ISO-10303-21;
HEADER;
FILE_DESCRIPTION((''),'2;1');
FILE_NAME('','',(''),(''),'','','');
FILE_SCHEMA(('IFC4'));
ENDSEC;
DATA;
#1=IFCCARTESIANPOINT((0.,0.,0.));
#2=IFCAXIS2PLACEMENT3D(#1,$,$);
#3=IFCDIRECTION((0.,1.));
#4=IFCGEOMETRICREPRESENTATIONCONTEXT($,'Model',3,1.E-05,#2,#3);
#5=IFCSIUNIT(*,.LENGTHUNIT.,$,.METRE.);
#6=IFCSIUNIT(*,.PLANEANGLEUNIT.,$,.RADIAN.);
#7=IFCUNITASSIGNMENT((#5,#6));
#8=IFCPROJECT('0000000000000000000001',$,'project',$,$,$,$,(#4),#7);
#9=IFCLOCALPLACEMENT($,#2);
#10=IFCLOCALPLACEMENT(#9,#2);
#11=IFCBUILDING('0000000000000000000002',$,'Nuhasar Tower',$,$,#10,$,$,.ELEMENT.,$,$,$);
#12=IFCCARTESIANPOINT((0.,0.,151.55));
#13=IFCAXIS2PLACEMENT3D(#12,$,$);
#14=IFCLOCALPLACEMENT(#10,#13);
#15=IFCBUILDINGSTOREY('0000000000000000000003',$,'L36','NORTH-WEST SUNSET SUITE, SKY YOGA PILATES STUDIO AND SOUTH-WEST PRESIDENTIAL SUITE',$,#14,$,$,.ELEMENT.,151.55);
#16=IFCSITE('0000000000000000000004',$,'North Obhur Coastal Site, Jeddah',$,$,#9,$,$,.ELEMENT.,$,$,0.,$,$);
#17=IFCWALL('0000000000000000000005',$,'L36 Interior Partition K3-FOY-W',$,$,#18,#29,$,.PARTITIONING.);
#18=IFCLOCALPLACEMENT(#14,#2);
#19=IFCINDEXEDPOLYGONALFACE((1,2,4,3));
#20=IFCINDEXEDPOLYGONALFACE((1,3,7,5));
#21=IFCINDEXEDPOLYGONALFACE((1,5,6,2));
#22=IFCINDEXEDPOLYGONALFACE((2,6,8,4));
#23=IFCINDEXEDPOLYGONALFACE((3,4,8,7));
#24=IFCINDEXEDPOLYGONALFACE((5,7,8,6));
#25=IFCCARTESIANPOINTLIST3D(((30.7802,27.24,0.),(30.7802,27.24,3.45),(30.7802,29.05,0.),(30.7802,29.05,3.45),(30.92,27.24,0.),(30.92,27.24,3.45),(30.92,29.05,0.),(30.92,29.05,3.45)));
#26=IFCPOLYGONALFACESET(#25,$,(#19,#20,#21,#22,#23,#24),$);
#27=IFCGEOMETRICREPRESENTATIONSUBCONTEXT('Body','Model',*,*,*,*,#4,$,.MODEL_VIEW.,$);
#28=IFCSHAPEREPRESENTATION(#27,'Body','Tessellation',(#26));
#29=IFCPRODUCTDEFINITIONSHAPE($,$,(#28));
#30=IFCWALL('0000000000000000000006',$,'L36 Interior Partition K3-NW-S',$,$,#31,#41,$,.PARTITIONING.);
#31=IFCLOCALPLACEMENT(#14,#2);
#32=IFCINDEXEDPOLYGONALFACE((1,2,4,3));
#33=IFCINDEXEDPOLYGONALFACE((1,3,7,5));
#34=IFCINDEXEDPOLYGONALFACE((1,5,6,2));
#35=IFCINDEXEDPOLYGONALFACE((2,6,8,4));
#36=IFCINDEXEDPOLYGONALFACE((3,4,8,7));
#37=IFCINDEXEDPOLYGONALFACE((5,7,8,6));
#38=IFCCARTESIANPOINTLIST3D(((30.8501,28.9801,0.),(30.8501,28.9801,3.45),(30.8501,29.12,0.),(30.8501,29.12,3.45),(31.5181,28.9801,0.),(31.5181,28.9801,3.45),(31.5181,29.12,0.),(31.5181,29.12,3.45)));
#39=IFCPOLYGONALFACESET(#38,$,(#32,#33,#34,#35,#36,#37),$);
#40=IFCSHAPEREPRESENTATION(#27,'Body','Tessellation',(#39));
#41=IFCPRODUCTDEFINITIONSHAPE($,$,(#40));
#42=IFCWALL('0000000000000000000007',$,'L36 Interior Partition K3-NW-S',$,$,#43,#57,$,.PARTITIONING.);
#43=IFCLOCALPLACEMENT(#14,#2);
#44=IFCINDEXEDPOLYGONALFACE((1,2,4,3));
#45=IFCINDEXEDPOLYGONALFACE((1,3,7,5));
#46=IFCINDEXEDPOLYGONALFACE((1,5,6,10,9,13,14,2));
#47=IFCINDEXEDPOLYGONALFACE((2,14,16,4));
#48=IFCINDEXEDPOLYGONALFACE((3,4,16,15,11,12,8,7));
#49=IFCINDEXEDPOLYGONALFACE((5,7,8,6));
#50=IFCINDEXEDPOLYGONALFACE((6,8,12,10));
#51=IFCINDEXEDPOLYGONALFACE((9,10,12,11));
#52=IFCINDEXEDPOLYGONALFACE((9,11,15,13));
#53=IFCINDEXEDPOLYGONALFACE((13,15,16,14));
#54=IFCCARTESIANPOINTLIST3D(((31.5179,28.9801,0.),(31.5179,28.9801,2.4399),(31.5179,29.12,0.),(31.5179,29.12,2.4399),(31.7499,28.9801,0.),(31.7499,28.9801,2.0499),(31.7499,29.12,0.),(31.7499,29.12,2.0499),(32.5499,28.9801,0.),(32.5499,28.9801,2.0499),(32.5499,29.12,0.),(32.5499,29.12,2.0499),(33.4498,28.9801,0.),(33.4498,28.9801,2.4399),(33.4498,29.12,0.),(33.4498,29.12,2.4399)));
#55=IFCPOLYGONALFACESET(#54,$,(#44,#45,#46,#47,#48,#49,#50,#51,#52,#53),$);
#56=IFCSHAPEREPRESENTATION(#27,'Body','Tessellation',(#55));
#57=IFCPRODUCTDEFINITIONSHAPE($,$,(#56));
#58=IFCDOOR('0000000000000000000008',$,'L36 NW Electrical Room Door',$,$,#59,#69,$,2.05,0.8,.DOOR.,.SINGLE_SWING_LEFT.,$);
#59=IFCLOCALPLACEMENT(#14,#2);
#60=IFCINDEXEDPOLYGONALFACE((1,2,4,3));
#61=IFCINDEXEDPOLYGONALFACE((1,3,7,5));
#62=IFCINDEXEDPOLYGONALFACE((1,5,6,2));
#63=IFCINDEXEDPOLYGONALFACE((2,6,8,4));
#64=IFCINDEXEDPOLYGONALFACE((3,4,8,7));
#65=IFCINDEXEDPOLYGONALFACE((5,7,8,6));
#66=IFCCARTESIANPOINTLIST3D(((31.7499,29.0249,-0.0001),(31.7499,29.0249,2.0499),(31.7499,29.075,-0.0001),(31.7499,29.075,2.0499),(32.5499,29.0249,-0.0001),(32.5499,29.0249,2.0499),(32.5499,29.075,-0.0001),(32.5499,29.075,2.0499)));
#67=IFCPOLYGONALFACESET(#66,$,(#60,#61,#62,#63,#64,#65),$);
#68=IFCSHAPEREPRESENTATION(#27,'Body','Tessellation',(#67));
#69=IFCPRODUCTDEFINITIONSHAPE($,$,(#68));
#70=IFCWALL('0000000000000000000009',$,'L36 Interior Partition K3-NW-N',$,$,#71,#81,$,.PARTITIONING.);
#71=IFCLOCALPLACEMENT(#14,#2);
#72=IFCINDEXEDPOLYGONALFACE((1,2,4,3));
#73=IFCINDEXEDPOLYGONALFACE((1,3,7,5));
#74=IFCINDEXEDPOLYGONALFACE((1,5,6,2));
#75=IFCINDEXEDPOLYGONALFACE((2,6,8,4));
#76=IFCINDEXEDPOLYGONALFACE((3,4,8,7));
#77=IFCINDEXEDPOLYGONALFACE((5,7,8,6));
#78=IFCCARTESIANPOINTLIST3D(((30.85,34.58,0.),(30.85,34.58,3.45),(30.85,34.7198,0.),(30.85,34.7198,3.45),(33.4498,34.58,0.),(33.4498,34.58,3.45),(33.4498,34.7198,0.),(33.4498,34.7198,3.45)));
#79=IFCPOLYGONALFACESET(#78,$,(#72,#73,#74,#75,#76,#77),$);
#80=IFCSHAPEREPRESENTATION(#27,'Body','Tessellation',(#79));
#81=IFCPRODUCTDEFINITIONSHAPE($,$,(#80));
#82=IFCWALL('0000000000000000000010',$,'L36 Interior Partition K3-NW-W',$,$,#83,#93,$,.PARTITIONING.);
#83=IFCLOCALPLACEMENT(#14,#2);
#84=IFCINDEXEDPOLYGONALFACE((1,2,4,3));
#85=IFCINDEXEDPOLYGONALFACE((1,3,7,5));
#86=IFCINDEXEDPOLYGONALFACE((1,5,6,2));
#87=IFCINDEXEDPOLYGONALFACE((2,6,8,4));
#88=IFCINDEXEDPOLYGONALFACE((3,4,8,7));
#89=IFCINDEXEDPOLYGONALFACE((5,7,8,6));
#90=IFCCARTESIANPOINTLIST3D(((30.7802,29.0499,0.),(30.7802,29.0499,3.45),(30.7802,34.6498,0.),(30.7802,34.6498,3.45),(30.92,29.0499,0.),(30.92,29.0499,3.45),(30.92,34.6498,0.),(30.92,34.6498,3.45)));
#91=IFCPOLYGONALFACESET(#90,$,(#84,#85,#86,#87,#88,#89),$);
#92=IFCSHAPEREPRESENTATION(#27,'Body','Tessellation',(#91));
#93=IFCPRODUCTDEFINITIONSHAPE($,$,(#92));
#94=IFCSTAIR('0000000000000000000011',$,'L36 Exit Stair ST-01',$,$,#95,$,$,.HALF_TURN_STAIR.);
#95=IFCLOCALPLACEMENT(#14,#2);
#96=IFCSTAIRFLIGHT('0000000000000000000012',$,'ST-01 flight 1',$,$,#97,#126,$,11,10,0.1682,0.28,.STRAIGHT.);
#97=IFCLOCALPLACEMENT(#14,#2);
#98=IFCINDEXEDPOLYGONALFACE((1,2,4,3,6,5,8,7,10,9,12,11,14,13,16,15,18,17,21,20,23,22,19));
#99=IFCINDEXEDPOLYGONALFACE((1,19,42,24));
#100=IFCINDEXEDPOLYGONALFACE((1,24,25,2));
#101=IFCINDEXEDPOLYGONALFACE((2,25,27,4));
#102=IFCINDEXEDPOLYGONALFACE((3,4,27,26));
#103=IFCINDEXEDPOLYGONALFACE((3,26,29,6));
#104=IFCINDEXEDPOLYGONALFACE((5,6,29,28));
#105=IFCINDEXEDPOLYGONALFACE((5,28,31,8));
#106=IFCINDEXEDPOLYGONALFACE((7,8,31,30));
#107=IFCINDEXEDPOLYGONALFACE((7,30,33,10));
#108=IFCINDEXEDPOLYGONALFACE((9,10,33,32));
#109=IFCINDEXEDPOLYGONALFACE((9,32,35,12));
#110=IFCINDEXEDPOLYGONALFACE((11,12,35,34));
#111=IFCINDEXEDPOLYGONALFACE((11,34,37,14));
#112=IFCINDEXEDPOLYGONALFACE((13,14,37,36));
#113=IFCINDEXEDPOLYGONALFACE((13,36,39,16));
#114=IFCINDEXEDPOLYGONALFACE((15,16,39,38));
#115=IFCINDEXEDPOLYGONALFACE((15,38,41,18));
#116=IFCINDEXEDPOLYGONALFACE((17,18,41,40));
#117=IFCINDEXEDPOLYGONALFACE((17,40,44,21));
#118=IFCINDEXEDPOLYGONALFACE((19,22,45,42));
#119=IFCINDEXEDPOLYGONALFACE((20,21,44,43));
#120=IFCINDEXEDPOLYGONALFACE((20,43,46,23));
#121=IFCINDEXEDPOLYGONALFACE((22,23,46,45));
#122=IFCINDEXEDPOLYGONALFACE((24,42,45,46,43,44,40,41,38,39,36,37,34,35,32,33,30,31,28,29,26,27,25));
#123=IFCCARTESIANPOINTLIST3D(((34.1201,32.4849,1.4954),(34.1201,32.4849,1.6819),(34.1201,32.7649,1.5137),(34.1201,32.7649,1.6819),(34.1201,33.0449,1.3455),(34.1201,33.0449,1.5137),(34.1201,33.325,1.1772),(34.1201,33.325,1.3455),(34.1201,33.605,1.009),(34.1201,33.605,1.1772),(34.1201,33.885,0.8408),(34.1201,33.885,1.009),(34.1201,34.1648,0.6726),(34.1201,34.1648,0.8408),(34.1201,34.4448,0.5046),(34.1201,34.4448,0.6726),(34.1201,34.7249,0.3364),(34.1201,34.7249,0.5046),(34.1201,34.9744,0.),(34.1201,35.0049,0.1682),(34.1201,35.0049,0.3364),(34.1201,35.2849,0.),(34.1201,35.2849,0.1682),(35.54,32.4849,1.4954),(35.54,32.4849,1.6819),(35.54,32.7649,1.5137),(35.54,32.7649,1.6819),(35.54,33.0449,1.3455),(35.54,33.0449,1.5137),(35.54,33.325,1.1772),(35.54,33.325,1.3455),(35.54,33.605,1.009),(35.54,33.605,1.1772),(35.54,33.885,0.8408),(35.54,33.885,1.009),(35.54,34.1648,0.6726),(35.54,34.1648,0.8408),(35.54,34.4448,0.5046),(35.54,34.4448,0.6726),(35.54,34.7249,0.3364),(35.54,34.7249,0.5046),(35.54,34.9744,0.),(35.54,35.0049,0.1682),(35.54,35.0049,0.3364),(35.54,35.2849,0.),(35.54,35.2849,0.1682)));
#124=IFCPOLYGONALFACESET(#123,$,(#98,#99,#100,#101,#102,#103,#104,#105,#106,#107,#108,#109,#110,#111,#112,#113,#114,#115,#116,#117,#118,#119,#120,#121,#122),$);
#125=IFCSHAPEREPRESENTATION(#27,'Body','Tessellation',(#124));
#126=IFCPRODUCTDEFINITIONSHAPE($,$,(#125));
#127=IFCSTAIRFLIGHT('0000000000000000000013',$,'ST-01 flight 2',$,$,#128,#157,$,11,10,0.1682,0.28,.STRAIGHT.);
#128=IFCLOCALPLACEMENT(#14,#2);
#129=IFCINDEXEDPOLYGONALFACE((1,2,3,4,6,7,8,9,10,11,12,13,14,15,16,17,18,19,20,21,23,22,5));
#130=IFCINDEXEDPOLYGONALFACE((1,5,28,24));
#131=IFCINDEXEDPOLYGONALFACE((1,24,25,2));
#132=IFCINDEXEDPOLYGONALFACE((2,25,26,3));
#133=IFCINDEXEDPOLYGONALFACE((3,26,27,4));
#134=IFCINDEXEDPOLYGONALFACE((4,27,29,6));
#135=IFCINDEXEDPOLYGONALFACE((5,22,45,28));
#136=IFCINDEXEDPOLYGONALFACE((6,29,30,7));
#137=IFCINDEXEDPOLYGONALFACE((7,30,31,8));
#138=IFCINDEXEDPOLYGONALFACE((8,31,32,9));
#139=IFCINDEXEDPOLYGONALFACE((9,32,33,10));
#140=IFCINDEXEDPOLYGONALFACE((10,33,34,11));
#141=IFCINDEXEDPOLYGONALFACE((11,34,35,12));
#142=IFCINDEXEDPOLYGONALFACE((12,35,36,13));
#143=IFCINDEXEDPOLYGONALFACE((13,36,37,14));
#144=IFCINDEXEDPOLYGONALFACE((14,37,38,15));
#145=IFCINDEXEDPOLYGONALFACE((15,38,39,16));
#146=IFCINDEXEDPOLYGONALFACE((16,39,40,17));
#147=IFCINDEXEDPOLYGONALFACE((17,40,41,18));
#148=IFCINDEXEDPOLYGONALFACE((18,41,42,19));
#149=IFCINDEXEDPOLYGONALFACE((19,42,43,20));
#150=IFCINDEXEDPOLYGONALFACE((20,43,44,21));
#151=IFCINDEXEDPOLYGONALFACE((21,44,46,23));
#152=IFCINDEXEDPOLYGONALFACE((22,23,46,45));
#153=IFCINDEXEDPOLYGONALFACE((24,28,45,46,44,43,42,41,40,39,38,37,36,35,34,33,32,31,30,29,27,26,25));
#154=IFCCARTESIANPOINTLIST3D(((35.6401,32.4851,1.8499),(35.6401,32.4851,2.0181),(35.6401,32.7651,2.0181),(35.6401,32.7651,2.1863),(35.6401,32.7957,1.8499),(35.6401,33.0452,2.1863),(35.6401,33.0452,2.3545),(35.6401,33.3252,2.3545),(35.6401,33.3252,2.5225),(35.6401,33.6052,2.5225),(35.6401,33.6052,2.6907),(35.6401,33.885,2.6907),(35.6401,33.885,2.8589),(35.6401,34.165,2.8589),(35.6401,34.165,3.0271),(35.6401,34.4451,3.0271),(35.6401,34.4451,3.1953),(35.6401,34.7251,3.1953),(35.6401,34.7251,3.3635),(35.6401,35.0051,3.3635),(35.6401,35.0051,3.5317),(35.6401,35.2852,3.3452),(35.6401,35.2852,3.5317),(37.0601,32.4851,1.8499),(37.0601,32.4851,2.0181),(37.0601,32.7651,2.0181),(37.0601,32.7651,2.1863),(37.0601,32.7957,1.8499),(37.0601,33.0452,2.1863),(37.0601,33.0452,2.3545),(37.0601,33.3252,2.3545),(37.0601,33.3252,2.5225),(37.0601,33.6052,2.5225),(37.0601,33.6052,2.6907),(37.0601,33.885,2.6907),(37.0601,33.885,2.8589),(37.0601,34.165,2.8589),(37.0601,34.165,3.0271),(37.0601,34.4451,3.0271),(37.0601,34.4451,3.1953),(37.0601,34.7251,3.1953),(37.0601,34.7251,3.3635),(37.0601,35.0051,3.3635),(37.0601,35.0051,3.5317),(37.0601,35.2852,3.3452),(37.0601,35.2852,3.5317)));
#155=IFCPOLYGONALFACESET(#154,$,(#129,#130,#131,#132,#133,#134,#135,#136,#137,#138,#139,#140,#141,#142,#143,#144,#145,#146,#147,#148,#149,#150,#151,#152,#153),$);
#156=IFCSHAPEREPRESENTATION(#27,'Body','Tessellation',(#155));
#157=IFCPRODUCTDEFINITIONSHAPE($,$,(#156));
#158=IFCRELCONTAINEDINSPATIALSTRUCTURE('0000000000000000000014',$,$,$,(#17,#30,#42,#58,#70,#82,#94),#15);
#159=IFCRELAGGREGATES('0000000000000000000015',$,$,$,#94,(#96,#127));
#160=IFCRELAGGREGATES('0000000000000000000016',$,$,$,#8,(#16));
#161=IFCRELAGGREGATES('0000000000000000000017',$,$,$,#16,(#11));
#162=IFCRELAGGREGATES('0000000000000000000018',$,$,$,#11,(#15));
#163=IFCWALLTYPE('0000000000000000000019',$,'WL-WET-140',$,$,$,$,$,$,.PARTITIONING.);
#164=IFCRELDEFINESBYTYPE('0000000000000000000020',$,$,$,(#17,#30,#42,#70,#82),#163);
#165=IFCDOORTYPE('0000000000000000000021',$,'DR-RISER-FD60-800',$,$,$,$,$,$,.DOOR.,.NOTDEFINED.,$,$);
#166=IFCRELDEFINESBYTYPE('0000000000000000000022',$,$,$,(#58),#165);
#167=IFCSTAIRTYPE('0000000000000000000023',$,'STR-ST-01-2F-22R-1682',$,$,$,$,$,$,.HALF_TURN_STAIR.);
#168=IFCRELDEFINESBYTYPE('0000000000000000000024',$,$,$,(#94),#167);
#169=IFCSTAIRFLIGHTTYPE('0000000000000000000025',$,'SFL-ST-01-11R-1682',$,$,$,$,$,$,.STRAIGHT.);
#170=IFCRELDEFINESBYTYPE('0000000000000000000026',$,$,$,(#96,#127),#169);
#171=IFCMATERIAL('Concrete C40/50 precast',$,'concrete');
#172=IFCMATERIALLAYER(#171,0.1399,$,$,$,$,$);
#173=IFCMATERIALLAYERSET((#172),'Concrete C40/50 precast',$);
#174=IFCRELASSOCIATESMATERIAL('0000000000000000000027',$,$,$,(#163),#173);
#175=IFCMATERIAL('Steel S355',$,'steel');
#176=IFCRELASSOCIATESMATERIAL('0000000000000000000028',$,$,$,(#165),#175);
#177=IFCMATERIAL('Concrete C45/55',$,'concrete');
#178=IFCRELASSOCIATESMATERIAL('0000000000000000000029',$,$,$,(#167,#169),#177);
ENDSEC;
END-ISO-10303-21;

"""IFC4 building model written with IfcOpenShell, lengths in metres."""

from ifc_helpers import new_model, si_unit, direction, frame, frame_2d, origin, place, context, subcontext, project, spatial, polyline, rectangle, outline, extrude, material, layer, layer_set, type_object, element, fill, aggregate, save


model = new_model("IFC4")

# Units and contexts
model_context = context("Model", 3, precision=1e-05, world=origin(), true_north=direction((0.0, 1.0)))
body_context = subcontext(model_context, "Body", "Model", "MODEL_VIEW")
ifc_project = project(units=[si_unit("LENGTHUNIT", "METRE"), si_unit("PLANEANGLEUNIT", "RADIAN")], contexts=[model_context])

# Site, building, storey
site_placement = place(None, origin())
site = spatial("IfcSite", under=ifc_project, at=site_placement, Name="North Obhur Coastal Site, Jeddah", CompositionType="ELEMENT", RefElevation=0.0)
building_placement = place(site_placement, origin())
building = spatial("IfcBuilding", under=site, at=building_placement, Name="Nuhasar Tower", CompositionType="ELEMENT")
storey_placement = place(building_placement, frame((0.0, 0.0, 151.55)))
storey = spatial("IfcBuildingStorey", under=building, at=storey_placement, Name="L36", Description="NORTH-WEST SUNSET SUITE, SKY YOGA PILATES STUDIO AND SOUTH-WEST PRESIDENTIAL SUITE", CompositionType="ELEMENT", Elevation=151.55)

# Shared definitions
ifc_material_1 = material(Name="Steel S355", Category="steel")

# Shared definitions
ifc_material_2 = material(Name="Concrete C40/50 precast", Category="concrete")
ifc_layer_1 = layer(ifc_material_2, 0.1399)
ifc_layer_set_1 = layer_set([ifc_layer_1], Name="Concrete C40/50 precast")
wall_type_1 = type_object("IfcWallType", Name="WL-WET-140", PredefinedType="PARTITIONING", material=ifc_layer_set_1)

# Walls
wall_1_placement = place(storey_placement, frame((30.8501, 27.24, 0.0), z_axis=(0.0, 0.0, 1.0), x_axis=(0.0, 1.0, 0.0)))
element("IfcWall", 1, at=wall_1_placement, inside=storey, type_object=wall_type_1, Name="L36 Interior Partition K3-FOY-W", PredefinedType="PARTITIONING", context=body_context, shape_type="SweptSolid", body=[
    extrude(rectangle(XDim=1.8101, YDim=0.1399, at=frame_2d((0.905, 0.0))), origin(), (0.0, 0.0, 1.0), 3.45),
])
wall_2_placement = place(storey_placement, frame((30.8501, 29.05, 0.0), z_axis=(0.0, 0.0, 1.0), x_axis=(1.0, 0.0, 0.0)))
element("IfcWall", 2, at=wall_2_placement, inside=storey, type_object=wall_type_1, Name="L36 Interior Partition K3-NW-S", PredefinedType="PARTITIONING", context=body_context, shape_type="SweptSolid", body=[
    extrude(rectangle(XDim=0.668, YDim=0.1399, at=frame_2d((0.334, 0.0))), origin(), (0.0, 0.0, 1.0), 3.45),
])

# Wall, opening, door
wall_3_placement = place(storey_placement, frame((31.5181, 29.05, 0.0), z_axis=(0.0, 0.0, 1.0), x_axis=(1.0, 0.0, 0.0)))
wall_3 = element("IfcWall", 3, at=wall_3_placement, inside=storey, type_object=wall_type_1, Name="L36 Interior Partition K3-NW-S", PredefinedType="PARTITIONING", context=body_context, shape_type="SweptSolid", body=[
    extrude(rectangle(XDim=1.9319, YDim=0.1399, at=frame_2d((0.9658, 0.0))), origin(), (0.0, 0.0, 1.0), 2.4399),
])
opening_1_placement = place(wall_3_placement, frame((0.2319, 0.0, 0.0)))
opening_1 = element("IfcOpeningElement", 4, at=opening_1_placement, cuts=wall_3, PredefinedType="OPENING", context=body_context, shape_type="SweptSolid", body=[
    extrude(rectangle(XDim=0.8, YDim=2.05, at=frame_2d((0.3999, 1.0249))), frame((0.0, 0.0801, 0.0), z_axis=(0.0, -1.0, 0.0), x_axis=(1.0, 0.0, 0.0)), (0.0, 0.0, 1.0), 0.1599),
])
door_type_1 = type_object("IfcDoorType", Name="DR-RISER-FD60-800", OperationType="NOTDEFINED", PredefinedType="DOOR", material=ifc_material_1)
door_1_placement = place(opening_1_placement, origin())
door_1 = element("IfcDoor", 5, at=door_1_placement, inside=storey, type_object=door_type_1, Name="L36 NW Electrical Room Door", OperationType="SINGLE_SWING_LEFT", OverallHeight=2.05, OverallWidth=0.8, PredefinedType="DOOR", context=body_context, shape_type="SweptSolid", body=[
    extrude(rectangle(XDim=0.8, YDim=2.05, at=frame_2d((0.3999, 1.0249))), frame((0.0, 0.0249, 0.0), z_axis=(0.0, -1.0, 0.0), x_axis=(1.0, 0.0, 0.0)), (0.0, 0.0, 1.0), 0.05),
])
fill(opening_1, door_1)

# Walls
wall_4_placement = place(storey_placement, frame((30.8501, 34.6499, 0.0), z_axis=(0.0, 0.0, 1.0), x_axis=(1.0, 0.0, 0.0)))
element("IfcWall", 6, at=wall_4_placement, inside=storey, type_object=wall_type_1, Name="L36 Interior Partition K3-NW-N", PredefinedType="PARTITIONING", context=body_context, shape_type="SweptSolid", body=[
    extrude(rectangle(XDim=2.5999, YDim=0.1399, at=frame_2d((1.2998, 0.0))), origin(), (0.0, 0.0, 1.0), 3.45),
])
wall_5_placement = place(storey_placement, frame((30.8501, 29.05, 0.0), z_axis=(0.0, 0.0, 1.0), x_axis=(0.0, 1.0, 0.0)))
element("IfcWall", 7, at=wall_5_placement, inside=storey, type_object=wall_type_1, Name="L36 Interior Partition K3-NW-W", PredefinedType="PARTITIONING", context=body_context, shape_type="SweptSolid", body=[
    extrude(rectangle(XDim=5.5999, YDim=0.1399, at=frame_2d((2.7998, 0.0))), origin(), (0.0, 0.0, 1.0), 3.45),
])

# Stair, stair flights
ifc_material_3 = material(Name="Concrete C45/55", Category="concrete")
stair_type_1 = type_object("IfcStairType", Name="STR-ST-01-2F-22R-1682", PredefinedType="HALF_TURN_STAIR", material=ifc_material_3)
stair_1_placement = place(storey_placement, origin())
stair_1 = element("IfcStair", 8, at=stair_1_placement, inside=storey, type_object=stair_type_1, Name="L36 Exit Stair ST-01", PredefinedType="HALF_TURN_STAIR")
stair_flight_type_1 = type_object("IfcStairFlightType", Name="SFL-ST-01-11R-1682", PredefinedType="STRAIGHT", material=ifc_material_3)
stair_flight_1_placement = place(storey_placement, frame((34.8301, 35.2849, 0.0), z_axis=(0.0, 0.0, 1.0), x_axis=(0.0, -1.0, 0.0)))
stair_flight_1 = element("IfcStairFlight", 9, at=stair_flight_1_placement, type_object=stair_flight_type_1, Name="ST-01 flight 1", NumberOfRisers=11, NumberOfTreads=10, PredefinedType="STRAIGHT", RiserHeight=0.1682, TreadLength=0.28, context=body_context, shape_type="SweptSolid", body=[
    extrude(outline(polyline([(0.0, 0.0), (0.0, 0.1682), (0.28, 0.1682), (0.28, 0.3364), (0.5601, 0.3364), (0.5601, 0.5046), (0.8401, 0.5046), (0.8401, 0.6726), (1.1201, 0.6726), (1.1201, 0.8408), (1.3999, 0.8408), (1.3999, 1.009), (1.6799, 1.009), (1.6799, 1.1772), (1.96, 1.1772), (1.96, 1.3455), (2.24, 1.3455), (2.24, 1.5137), (2.52, 1.5137), (2.52, 1.6819), (2.8, 1.6819), (2.8, 1.8501), (2.8, 1.4954), (0.3105, 0.0), (0.0, 0.0)])), frame((0.0, 0.71, 0.0), z_axis=(0.0, -1.0, 0.0), x_axis=(1.0, 0.0, 0.0)), (0.0, 0.0, 1.0), 1.4199),
])
stair_flight_2_placement = place(storey_placement, frame((36.3501, 32.4851, 1.8499), z_axis=(0.0, 0.0, 1.0), x_axis=(0.0, 1.0, 0.0)))
stair_flight_2 = element("IfcStairFlight", 10, at=stair_flight_2_placement, type_object=stair_flight_type_1, Name="ST-01 flight 2", NumberOfRisers=11, NumberOfTreads=10, PredefinedType="STRAIGHT", RiserHeight=0.1682, TreadLength=0.28, context=body_context, shape_type="SweptSolid", body=[
    extrude(outline(polyline([(0.0, 0.0), (0.0, 0.1682), (0.28, 0.1682), (0.28, 0.3364), (0.5601, 0.3364), (0.5601, 0.5046), (0.8401, 0.5046), (0.8401, 0.6726), (1.1201, 0.6726), (1.1201, 0.8408), (1.3999, 0.8408), (1.3999, 1.009), (1.6799, 1.009), (1.6799, 1.1772), (1.96, 1.1772), (1.96, 1.3455), (2.24, 1.3455), (2.24, 1.5137), (2.52, 1.5137), (2.52, 1.6819), (2.8, 1.6819), (2.8, 1.8501), (2.8, 1.4954), (0.3105, 0.0), (0.0, 0.0)])), frame((0.0, 0.71, 0.0), z_axis=(0.0, -1.0, 0.0), x_axis=(1.0, 0.0, 0.0)), (0.0, 0.0, 1.0), 1.4199),
])
aggregate(stair_1, [stair_flight_1, stair_flight_2])

save(model, "model.ifc")
